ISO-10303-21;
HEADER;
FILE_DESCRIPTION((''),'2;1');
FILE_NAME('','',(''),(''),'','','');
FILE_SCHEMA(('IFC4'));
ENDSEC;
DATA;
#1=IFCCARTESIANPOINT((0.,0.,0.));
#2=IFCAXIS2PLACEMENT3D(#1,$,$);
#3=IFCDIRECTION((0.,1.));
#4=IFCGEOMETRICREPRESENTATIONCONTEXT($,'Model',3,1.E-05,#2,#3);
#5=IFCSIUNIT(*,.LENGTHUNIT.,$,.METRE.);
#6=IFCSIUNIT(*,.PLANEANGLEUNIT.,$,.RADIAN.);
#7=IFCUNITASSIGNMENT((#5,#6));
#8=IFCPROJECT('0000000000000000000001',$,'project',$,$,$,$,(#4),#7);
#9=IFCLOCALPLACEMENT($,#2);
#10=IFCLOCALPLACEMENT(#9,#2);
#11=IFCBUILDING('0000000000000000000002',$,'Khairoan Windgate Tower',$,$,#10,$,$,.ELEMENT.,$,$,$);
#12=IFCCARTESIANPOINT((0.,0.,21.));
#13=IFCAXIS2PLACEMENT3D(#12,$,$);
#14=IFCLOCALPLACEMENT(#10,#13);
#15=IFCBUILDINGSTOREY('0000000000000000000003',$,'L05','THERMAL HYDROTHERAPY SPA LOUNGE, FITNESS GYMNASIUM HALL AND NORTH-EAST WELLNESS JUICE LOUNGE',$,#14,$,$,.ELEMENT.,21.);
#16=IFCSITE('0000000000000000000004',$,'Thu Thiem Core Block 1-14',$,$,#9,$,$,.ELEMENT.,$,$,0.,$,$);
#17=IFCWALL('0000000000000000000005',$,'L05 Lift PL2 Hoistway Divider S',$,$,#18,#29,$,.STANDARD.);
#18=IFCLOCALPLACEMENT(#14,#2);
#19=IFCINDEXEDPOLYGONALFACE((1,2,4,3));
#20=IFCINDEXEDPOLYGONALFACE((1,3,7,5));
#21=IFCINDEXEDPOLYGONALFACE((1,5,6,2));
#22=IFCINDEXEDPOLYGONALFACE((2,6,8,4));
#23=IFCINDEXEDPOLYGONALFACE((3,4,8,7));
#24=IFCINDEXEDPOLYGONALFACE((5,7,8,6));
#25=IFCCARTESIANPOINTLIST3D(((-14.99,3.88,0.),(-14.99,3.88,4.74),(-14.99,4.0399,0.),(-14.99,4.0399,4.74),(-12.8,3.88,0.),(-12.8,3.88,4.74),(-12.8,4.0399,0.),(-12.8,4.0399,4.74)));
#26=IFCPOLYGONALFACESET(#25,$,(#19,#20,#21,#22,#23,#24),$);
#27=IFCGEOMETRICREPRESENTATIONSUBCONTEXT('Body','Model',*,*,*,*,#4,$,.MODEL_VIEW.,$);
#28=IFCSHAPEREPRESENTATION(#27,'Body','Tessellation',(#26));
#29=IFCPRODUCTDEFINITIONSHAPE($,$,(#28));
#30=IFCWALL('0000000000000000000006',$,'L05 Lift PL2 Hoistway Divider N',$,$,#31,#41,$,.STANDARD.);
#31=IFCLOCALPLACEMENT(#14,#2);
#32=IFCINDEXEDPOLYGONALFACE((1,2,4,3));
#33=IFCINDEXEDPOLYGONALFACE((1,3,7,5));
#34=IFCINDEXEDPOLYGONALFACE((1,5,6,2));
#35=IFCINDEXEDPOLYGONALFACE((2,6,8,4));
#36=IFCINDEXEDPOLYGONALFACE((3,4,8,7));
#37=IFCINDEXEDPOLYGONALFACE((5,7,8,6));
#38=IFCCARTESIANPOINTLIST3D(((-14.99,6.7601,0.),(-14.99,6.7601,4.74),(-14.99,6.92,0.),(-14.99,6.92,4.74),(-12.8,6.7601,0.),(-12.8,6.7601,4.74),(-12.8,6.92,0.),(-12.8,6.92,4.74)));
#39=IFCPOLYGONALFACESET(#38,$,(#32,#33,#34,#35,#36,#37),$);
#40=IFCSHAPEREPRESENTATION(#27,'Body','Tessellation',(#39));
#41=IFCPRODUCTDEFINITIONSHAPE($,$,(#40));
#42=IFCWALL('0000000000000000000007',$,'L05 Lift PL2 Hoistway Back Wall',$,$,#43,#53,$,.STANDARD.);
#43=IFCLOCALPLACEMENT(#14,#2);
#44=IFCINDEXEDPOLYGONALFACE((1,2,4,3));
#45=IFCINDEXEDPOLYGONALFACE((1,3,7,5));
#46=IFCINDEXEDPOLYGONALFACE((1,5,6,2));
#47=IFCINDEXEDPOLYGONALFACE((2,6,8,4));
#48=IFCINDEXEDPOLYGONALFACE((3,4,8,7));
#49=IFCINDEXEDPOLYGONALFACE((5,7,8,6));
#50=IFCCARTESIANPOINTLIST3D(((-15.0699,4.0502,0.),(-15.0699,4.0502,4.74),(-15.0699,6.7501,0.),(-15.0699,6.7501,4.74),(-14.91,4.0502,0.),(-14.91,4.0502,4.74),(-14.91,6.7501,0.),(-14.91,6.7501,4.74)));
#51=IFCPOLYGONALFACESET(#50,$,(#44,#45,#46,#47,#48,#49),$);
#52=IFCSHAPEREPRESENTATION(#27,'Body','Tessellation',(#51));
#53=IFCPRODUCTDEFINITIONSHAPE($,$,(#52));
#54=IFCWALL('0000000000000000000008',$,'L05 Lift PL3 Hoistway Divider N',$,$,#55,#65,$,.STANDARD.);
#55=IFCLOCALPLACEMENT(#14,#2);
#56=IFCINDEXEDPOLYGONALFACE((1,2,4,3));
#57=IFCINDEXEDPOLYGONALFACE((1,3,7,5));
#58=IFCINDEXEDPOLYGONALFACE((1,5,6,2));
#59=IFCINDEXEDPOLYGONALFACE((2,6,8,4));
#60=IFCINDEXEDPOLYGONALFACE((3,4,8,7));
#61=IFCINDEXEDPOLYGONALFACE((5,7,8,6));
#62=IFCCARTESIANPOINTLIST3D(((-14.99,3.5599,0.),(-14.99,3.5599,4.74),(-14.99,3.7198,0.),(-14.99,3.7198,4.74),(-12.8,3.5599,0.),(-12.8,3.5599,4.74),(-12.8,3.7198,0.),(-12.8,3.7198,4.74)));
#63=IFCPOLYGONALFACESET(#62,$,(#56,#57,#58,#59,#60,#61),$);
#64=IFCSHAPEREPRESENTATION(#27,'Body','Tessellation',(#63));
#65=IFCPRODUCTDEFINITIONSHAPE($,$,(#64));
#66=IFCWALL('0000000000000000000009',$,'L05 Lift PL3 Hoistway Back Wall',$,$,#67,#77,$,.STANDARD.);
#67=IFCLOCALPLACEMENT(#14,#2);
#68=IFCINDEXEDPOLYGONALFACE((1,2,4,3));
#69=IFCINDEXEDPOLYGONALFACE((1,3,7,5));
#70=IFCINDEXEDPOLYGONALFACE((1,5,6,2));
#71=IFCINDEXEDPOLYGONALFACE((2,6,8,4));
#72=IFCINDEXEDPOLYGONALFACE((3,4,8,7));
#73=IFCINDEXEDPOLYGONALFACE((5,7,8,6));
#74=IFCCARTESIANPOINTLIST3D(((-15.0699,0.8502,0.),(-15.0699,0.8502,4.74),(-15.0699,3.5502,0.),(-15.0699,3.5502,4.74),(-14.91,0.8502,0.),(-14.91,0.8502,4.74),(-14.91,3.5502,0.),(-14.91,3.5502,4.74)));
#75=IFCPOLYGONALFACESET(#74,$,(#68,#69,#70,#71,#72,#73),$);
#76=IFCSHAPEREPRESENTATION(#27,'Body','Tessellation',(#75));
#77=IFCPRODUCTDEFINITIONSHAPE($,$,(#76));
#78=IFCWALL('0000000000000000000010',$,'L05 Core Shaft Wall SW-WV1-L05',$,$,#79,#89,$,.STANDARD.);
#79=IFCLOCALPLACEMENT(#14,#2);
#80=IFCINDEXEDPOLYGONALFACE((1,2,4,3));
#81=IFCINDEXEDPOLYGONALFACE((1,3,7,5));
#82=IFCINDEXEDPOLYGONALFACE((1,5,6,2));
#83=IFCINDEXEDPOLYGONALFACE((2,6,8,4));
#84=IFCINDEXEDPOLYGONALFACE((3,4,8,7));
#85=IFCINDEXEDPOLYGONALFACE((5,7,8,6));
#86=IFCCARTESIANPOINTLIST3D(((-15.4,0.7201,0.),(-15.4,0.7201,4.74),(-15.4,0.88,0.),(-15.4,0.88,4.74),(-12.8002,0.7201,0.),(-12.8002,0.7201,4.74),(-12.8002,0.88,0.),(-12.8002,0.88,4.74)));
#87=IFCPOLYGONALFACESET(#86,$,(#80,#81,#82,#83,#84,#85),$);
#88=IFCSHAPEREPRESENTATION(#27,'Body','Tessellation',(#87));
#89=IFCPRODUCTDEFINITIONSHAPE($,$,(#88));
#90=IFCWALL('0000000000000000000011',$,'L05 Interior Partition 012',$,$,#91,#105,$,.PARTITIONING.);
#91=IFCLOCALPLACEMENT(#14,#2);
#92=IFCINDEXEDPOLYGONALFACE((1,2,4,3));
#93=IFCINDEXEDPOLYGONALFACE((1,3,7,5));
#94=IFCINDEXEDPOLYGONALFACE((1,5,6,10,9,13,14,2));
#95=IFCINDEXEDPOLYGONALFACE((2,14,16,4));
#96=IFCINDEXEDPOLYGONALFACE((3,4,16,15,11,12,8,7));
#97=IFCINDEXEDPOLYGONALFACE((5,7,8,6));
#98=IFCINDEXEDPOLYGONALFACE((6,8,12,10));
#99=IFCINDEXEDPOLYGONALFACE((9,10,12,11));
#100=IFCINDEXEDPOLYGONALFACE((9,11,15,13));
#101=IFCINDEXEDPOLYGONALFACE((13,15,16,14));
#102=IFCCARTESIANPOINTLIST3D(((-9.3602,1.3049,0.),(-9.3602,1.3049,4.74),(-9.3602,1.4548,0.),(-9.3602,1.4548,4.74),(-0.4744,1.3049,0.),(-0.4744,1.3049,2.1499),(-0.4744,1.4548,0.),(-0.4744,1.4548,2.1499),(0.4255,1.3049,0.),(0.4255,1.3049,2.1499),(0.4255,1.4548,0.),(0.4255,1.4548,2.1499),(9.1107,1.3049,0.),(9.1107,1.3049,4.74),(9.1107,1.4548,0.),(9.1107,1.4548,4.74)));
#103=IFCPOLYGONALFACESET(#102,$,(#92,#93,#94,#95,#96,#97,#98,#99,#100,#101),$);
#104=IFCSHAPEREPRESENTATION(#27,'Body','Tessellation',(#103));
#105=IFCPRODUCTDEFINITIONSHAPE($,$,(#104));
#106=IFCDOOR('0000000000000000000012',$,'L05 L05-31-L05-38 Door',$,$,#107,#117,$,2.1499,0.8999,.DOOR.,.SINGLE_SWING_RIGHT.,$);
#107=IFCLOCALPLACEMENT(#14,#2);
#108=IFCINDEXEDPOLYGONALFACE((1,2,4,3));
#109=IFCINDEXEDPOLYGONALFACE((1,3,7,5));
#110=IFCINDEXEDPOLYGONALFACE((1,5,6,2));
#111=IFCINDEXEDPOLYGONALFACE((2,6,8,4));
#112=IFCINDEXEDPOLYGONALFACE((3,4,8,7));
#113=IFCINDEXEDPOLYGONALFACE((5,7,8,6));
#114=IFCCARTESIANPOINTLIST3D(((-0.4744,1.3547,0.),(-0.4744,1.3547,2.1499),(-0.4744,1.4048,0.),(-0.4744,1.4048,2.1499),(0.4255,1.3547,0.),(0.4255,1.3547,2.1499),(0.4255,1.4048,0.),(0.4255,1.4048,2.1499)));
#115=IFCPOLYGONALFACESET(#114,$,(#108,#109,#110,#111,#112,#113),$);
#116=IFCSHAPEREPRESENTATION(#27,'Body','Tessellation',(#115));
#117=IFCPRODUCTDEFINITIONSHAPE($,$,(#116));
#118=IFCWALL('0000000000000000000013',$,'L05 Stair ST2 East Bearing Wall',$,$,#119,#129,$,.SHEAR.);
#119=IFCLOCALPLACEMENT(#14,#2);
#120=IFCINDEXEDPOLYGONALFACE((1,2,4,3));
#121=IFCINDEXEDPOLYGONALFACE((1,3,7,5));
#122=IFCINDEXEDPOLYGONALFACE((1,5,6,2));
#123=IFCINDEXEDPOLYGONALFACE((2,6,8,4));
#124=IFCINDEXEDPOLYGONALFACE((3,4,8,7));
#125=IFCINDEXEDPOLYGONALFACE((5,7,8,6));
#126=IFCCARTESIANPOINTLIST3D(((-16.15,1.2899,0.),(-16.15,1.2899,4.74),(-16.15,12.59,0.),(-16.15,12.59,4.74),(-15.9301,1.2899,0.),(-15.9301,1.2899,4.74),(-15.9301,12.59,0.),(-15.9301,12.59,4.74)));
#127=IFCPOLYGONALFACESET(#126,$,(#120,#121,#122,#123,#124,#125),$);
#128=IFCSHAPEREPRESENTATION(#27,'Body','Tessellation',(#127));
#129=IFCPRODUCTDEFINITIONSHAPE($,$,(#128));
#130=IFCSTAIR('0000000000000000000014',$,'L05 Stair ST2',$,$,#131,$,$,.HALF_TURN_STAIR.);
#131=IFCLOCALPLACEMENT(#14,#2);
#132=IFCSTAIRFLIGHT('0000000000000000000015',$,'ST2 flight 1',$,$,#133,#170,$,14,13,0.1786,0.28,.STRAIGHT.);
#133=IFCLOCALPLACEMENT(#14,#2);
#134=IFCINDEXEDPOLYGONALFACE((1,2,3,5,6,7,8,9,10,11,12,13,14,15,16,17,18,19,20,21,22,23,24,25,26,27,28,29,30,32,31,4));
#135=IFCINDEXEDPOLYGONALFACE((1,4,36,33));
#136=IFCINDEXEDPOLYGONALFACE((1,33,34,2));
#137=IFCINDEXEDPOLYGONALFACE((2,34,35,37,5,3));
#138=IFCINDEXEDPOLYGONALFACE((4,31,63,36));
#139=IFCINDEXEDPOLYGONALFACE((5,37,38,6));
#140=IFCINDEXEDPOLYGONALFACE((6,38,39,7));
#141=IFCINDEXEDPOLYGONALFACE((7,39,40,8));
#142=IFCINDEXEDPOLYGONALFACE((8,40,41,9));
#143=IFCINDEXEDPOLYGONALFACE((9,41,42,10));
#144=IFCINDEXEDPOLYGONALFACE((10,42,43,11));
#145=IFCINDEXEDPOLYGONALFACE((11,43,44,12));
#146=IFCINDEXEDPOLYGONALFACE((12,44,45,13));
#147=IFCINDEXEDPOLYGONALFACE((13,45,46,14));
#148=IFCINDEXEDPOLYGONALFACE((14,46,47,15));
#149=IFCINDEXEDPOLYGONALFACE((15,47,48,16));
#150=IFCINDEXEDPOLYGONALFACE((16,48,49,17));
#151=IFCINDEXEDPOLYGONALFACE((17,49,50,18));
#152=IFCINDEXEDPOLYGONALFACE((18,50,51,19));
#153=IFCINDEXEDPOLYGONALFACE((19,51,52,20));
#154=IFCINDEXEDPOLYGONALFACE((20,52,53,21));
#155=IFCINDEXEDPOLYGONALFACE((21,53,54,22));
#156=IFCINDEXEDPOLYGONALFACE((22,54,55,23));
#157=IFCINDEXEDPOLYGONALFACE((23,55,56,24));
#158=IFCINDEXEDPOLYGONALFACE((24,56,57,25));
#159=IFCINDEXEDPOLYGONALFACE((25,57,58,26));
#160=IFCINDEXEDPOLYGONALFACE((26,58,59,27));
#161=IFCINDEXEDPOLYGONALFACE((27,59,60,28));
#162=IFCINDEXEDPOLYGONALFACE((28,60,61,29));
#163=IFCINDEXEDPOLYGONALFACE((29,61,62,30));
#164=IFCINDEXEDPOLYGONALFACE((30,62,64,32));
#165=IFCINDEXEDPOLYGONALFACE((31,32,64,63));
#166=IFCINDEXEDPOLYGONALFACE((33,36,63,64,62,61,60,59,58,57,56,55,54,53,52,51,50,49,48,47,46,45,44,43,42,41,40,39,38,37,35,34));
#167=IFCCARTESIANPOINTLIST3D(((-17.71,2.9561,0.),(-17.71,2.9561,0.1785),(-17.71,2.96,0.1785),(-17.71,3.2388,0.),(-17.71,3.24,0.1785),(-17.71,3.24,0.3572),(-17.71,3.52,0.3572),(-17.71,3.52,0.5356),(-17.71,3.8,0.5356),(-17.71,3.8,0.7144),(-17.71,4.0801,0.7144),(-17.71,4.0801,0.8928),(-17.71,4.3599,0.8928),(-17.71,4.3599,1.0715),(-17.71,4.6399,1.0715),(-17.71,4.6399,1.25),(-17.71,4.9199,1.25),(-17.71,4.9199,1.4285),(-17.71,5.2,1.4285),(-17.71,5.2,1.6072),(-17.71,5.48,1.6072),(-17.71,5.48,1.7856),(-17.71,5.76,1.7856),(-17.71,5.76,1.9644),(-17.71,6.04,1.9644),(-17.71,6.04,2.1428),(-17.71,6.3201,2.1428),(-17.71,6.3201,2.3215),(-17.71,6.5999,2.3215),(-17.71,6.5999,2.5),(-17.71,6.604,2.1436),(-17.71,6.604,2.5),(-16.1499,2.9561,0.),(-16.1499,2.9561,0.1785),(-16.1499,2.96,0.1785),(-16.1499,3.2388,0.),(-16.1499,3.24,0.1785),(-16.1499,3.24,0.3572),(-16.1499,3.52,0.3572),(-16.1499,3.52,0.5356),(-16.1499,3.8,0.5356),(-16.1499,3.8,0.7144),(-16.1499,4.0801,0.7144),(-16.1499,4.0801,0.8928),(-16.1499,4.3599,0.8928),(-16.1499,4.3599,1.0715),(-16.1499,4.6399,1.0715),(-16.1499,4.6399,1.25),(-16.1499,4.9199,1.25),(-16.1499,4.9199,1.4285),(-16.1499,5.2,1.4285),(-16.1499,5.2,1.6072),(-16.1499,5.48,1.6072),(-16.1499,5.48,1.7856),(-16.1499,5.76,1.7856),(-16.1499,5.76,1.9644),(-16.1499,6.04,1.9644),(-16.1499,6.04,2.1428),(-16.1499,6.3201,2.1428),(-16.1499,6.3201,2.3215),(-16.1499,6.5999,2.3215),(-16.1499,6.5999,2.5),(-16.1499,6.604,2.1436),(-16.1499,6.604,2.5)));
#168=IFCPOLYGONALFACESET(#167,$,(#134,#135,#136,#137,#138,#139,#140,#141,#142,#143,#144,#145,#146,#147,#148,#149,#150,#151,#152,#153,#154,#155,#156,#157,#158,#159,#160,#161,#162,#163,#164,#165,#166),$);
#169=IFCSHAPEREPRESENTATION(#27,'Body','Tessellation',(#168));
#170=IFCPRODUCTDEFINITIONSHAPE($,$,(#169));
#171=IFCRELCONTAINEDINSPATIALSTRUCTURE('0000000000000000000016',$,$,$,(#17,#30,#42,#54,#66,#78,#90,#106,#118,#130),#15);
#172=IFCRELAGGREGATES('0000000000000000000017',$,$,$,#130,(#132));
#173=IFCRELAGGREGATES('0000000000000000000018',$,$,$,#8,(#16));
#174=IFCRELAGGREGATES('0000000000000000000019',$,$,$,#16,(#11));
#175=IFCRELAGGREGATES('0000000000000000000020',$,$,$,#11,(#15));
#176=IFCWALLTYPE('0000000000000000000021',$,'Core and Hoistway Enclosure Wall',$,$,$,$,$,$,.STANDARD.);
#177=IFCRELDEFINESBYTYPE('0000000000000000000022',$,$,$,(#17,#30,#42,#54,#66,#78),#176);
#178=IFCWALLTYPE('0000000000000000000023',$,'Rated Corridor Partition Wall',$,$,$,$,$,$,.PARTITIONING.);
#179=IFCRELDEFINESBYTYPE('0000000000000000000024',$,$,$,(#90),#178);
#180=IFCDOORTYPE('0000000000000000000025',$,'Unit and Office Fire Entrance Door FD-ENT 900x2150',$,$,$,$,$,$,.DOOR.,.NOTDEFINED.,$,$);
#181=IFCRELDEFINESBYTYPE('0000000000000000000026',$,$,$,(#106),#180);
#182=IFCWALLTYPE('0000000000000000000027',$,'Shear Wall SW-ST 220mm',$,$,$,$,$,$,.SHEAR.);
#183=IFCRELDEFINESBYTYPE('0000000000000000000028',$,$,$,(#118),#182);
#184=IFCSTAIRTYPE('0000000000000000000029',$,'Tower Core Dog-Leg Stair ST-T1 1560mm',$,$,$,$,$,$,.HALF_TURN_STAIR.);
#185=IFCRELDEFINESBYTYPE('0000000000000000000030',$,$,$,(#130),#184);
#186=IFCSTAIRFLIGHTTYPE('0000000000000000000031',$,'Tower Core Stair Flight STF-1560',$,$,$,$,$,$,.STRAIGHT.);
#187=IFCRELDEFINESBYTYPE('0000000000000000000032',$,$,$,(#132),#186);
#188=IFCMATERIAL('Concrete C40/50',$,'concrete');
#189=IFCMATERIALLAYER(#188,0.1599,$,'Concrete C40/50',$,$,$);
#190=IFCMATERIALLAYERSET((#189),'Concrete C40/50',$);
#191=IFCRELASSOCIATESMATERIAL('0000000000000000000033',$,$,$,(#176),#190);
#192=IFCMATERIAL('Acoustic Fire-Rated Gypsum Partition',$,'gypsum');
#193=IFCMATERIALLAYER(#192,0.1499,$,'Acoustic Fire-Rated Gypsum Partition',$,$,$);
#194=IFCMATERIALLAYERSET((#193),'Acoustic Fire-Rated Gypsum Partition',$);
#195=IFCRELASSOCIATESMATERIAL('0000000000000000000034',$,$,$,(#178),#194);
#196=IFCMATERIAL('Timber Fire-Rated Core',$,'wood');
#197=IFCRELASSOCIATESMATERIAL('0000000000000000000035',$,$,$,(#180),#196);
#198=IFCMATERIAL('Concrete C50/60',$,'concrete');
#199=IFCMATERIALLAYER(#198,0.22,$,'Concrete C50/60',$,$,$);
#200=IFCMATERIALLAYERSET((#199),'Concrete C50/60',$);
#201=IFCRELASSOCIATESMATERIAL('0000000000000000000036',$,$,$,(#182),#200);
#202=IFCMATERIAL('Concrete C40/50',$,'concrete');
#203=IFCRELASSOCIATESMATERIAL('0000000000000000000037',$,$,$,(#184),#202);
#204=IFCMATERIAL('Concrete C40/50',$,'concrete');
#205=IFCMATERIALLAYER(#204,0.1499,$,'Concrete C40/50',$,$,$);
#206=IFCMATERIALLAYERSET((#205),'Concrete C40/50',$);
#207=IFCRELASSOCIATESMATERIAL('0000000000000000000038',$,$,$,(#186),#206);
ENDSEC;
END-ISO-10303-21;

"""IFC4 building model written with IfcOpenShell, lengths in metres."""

from ifc_helpers import new_model, si_unit, direction, frame, frame_2d, origin, place, context, subcontext, project, spatial, polyline, rectangle, outline, extrude, material, layer, layer_set, type_object, element, fill, aggregate, save


model = new_model("IFC4")

# Units and contexts
model_context = context("Model", 3, precision=1e-05, world=origin(), true_north=direction((0.0, 1.0)))
body_context = subcontext(model_context, "Body", "Model", "MODEL_VIEW")
ifc_project = project(units=[si_unit("LENGTHUNIT", "METRE"), si_unit("PLANEANGLEUNIT", "RADIAN")], contexts=[model_context])

# Site, building, storey
site_placement = place(None, origin())
site = spatial("IfcSite", under=ifc_project, at=site_placement, Name="Thu Thiem Core Block 1-14", CompositionType="ELEMENT", RefElevation=0.0)
building_placement = place(site_placement, origin())
building = spatial("IfcBuilding", under=site, at=building_placement, Name="Khairoan Windgate Tower", CompositionType="ELEMENT")
storey_placement = place(building_placement, frame((0.0, 0.0, 21.0)))
storey = spatial("IfcBuildingStorey", under=building, at=storey_placement, Name="L05", Description="THERMAL HYDROTHERAPY SPA LOUNGE, FITNESS GYMNASIUM HALL AND NORTH-EAST WELLNESS JUICE LOUNGE", CompositionType="ELEMENT", Elevation=21.0)

# Walls
ifc_material_1 = material(Name="Concrete C40/50", Category="concrete")
ifc_layer_1 = layer(ifc_material_1, 0.1599, Name="Concrete C40/50")
ifc_layer_set_1 = layer_set([ifc_layer_1], Name="Concrete C40/50")
wall_type_1 = type_object("IfcWallType", Name="Core and Hoistway Enclosure Wall", PredefinedType="STANDARD", material=ifc_layer_set_1)
for number, where, z_axis, x_axis, name in (
    (1, (-14.99, 3.96, 0.0), (0.0, 0.0, 1.0), (1.0, 0.0, 0.0), "L05 Lift PL2 Hoistway Divider S"),
    (2, (-14.99, 6.8401, 0.0), (0.0, 0.0, 1.0), (1.0, 0.0, 0.0), "L05 Lift PL2 Hoistway Divider N"),
):
    element("IfcWall", number, at=place(storey_placement, frame(where, z_axis=z_axis, x_axis=x_axis)), inside=storey, type_object=wall_type_1, Name=name, PredefinedType="STANDARD", context=body_context, shape_type="SweptSolid", body=[
        extrude(rectangle(XDim=2.1899, YDim=0.1599, at=frame_2d((1.095, 0.0))), origin(), (0.0, 0.0, 1.0), 4.74),
    ])
wall_1_placement = place(storey_placement, frame((-14.99, 4.05, 0.0), z_axis=(0.0, 0.0, 1.0), x_axis=(0.0, 1.0, 0.0)))
element("IfcWall", 3, at=wall_1_placement, inside=storey, type_object=wall_type_1, Name="L05 Lift PL2 Hoistway Back Wall", PredefinedType="STANDARD", context=body_context, shape_type="SweptSolid", body=[
    extrude(rectangle(XDim=2.7, YDim=0.1599, at=frame_2d((1.3501, 0.0))), origin(), (0.0, 0.0, 1.0), 4.74),
])
wall_2_placement = place(storey_placement, frame((-14.99, 3.6399, 0.0), z_axis=(0.0, 0.0, 1.0), x_axis=(1.0, 0.0, 0.0)))
element("IfcWall", 4, at=wall_2_placement, inside=storey, type_object=wall_type_1, Name="L05 Lift PL3 Hoistway Divider N", PredefinedType="STANDARD", context=body_context, shape_type="SweptSolid", body=[
    extrude(rectangle(XDim=2.1899, YDim=0.1599, at=frame_2d((1.095, 0.0))), origin(), (0.0, 0.0, 1.0), 4.74),
])
wall_3_placement = place(storey_placement, frame((-14.99, 0.8501, 0.0), z_axis=(0.0, 0.0, 1.0), x_axis=(0.0, 1.0, 0.0)))
element("IfcWall", 5, at=wall_3_placement, inside=storey, type_object=wall_type_1, Name="L05 Lift PL3 Hoistway Back Wall", PredefinedType="STANDARD", context=body_context, shape_type="SweptSolid", body=[
    extrude(rectangle(XDim=2.7, YDim=0.1599, at=frame_2d((1.3501, 0.0))), origin(), (0.0, 0.0, 1.0), 4.74),
])
wall_4_placement = place(storey_placement, frame((-15.3999, 0.8, 0.0), z_axis=(0.0, 0.0, 1.0), x_axis=(1.0, 0.0, 0.0)))
element("IfcWall", 6, at=wall_4_placement, inside=storey, type_object=wall_type_1, Name="L05 Core Shaft Wall SW-WV1-L05", PredefinedType="STANDARD", context=body_context, shape_type="SweptSolid", body=[
    extrude(rectangle(XDim=2.5999, YDim=0.1599, at=frame_2d((1.2998, 0.0))), origin(), (0.0, 0.0, 1.0), 4.74),
])

# Wall, opening, door
ifc_material_2 = material(Name="Acoustic Fire-Rated Gypsum Partition", Category="gypsum")
ifc_layer_2 = layer(ifc_material_2, 0.1499, Name="Acoustic Fire-Rated Gypsum Partition")
ifc_layer_set_2 = layer_set([ifc_layer_2], Name="Acoustic Fire-Rated Gypsum Partition")
wall_type_2 = type_object("IfcWallType", Name="Rated Corridor Partition Wall", PredefinedType="PARTITIONING", material=ifc_layer_set_2)
wall_5_placement = place(storey_placement, frame((-9.3601, 1.3799, 0.0), z_axis=(0.0, 0.0, 1.0), x_axis=(1.0, 0.0, 0.0)))
wall_5 = element("IfcWall", 7, at=wall_5_placement, inside=storey, type_object=wall_type_2, Name="L05 Interior Partition 012", PredefinedType="PARTITIONING", context=body_context, shape_type="SweptSolid", body=[
    extrude(rectangle(XDim=18.4709, YDim=0.1499, at=frame_2d((9.2354, 0.0))), origin(), (0.0, 0.0, 1.0), 4.74),
])
opening_placement = place(wall_5_placement, frame((8.8857, 0.0, 0.0)))
opening = element("IfcOpeningElement", 8, at=opening_placement, cuts=wall_5, PredefinedType="OPENING", context=body_context, shape_type="SweptSolid", body=[
    extrude(rectangle(XDim=0.8999, YDim=2.1499, at=frame_2d((0.45, 1.075))), frame((0.0, 0.085, 0.0), z_axis=(0.0, -1.0, 0.0), x_axis=(1.0, 0.0, 0.0)), (0.0, 0.0, 1.0), 0.1699),
])
ifc_material_3 = material(Name="Timber Fire-Rated Core", Category="wood")
door_type = type_object("IfcDoorType", Name="Unit and Office Fire Entrance Door FD-ENT 900x2150", OperationType="NOTDEFINED", PredefinedType="DOOR", material=ifc_material_3)
door_placement = place(opening_placement, origin())
door = element("IfcDoor", 9, at=door_placement, inside=storey, type_object=door_type, Name="L05 L05-31-L05-38 Door", OperationType="SINGLE_SWING_RIGHT", OverallHeight=2.1499, OverallWidth=0.8999, PredefinedType="DOOR", context=body_context, shape_type="SweptSolid", body=[
    extrude(rectangle(XDim=0.8999, YDim=2.1499, at=frame_2d((0.45, 1.075))), frame((0.0, 0.0249, 0.0), z_axis=(0.0, -1.0, 0.0), x_axis=(1.0, 0.0, 0.0)), (0.0, 0.0, 1.0), 0.05),
])
fill(opening, door)

# Wall
ifc_material_4 = material(Name="Concrete C50/60", Category="concrete")
ifc_layer_3 = layer(ifc_material_4, 0.22, Name="Concrete C50/60")
ifc_layer_set_3 = layer_set([ifc_layer_3], Name="Concrete C50/60")
wall_type_3 = type_object("IfcWallType", Name="Shear Wall SW-ST 220mm", PredefinedType="SHEAR", material=ifc_layer_set_3)
wall_6_placement = place(storey_placement, frame((-16.04, 1.29, 0.0), z_axis=(0.0, 0.0, 1.0), x_axis=(0.0, 1.0, 0.0)))
element("IfcWall", 10, at=wall_6_placement, inside=storey, type_object=wall_type_3, Name="L05 Stair ST2 East Bearing Wall", PredefinedType="SHEAR", context=body_context, shape_type="SweptSolid", body=[
    extrude(rectangle(XDim=11.3, YDim=0.22, at=frame_2d((5.6499, 0.0))), origin(), (0.0, 0.0, 1.0), 4.74),
])

# Stair, stair flight
ifc_material_5 = material(Name="Concrete C40/50", Category="concrete")
stair_type = type_object("IfcStairType", Name="Tower Core Dog-Leg Stair ST-T1 1560mm", PredefinedType="HALF_TURN_STAIR", material=ifc_material_5)
stair_placement = place(storey_placement, origin())
stair = element("IfcStair", 11, at=stair_placement, inside=storey, type_object=stair_type, Name="L05 Stair ST2", PredefinedType="HALF_TURN_STAIR")
ifc_material_6 = material(Name="Concrete C40/50", Category="concrete")
ifc_layer_4 = layer(ifc_material_6, 0.1499, Name="Concrete C40/50")
ifc_layer_set_4 = layer_set([ifc_layer_4], Name="Concrete C40/50")
stair_flight_type = type_object("IfcStairFlightType", Name="Tower Core Stair Flight STF-1560", PredefinedType="STRAIGHT", material=ifc_layer_set_4)
stair_flight_placement = place(storey_placement, frame((-16.9299, 2.96, 0.0), z_axis=(0.0, 0.0, 1.0), x_axis=(0.0, 1.0, 0.0)))
stair_flight = element("IfcStairFlight", 12, at=stair_flight_placement, type_object=stair_flight_type, Name="ST2 flight 1", NumberOfRisers=14, NumberOfTreads=13, PredefinedType="STRAIGHT", RiserHeight=0.1786, TreadLength=0.28, context=body_context, shape_type="SweptSolid", body=[
    extrude(outline(polyline([(-0.0039, 0.0), (-0.0039, 0.1785), (0.0, 0.1785), (0.28, 0.1785), (0.28, 0.3572), (0.5601, 0.3572), (0.5601, 0.5356), (0.8401, 0.5356), (0.8401, 0.7144), (1.1201, 0.7144), (1.1201, 0.8928), (1.3999, 0.8928), (1.3999, 1.0715), (1.6799, 1.0715), (1.6799, 1.25), (1.96, 1.25), (1.96, 1.4285), (2.24, 1.4285), (2.24, 1.6072), (2.52, 1.6072), (2.52, 1.7856), (2.8, 1.7856), (2.8, 1.9644), (3.0801, 1.9644), (3.0801, 2.1428), (3.3601, 2.1428), (3.3601, 2.3215), (3.6399, 2.3215), (3.6399, 2.5), (3.644, 2.5), (3.644, 2.1436), (0.2788, 0.0), (-0.0039, 0.0)])), frame((0.0, 0.78, 0.0), z_axis=(0.0, -1.0, 0.0), x_axis=(1.0, 0.0, 0.0)), (0.0, 0.0, 1.0), 1.5601),
])
aggregate(stair, [stair_flight])

save(model, "model.ifc")
